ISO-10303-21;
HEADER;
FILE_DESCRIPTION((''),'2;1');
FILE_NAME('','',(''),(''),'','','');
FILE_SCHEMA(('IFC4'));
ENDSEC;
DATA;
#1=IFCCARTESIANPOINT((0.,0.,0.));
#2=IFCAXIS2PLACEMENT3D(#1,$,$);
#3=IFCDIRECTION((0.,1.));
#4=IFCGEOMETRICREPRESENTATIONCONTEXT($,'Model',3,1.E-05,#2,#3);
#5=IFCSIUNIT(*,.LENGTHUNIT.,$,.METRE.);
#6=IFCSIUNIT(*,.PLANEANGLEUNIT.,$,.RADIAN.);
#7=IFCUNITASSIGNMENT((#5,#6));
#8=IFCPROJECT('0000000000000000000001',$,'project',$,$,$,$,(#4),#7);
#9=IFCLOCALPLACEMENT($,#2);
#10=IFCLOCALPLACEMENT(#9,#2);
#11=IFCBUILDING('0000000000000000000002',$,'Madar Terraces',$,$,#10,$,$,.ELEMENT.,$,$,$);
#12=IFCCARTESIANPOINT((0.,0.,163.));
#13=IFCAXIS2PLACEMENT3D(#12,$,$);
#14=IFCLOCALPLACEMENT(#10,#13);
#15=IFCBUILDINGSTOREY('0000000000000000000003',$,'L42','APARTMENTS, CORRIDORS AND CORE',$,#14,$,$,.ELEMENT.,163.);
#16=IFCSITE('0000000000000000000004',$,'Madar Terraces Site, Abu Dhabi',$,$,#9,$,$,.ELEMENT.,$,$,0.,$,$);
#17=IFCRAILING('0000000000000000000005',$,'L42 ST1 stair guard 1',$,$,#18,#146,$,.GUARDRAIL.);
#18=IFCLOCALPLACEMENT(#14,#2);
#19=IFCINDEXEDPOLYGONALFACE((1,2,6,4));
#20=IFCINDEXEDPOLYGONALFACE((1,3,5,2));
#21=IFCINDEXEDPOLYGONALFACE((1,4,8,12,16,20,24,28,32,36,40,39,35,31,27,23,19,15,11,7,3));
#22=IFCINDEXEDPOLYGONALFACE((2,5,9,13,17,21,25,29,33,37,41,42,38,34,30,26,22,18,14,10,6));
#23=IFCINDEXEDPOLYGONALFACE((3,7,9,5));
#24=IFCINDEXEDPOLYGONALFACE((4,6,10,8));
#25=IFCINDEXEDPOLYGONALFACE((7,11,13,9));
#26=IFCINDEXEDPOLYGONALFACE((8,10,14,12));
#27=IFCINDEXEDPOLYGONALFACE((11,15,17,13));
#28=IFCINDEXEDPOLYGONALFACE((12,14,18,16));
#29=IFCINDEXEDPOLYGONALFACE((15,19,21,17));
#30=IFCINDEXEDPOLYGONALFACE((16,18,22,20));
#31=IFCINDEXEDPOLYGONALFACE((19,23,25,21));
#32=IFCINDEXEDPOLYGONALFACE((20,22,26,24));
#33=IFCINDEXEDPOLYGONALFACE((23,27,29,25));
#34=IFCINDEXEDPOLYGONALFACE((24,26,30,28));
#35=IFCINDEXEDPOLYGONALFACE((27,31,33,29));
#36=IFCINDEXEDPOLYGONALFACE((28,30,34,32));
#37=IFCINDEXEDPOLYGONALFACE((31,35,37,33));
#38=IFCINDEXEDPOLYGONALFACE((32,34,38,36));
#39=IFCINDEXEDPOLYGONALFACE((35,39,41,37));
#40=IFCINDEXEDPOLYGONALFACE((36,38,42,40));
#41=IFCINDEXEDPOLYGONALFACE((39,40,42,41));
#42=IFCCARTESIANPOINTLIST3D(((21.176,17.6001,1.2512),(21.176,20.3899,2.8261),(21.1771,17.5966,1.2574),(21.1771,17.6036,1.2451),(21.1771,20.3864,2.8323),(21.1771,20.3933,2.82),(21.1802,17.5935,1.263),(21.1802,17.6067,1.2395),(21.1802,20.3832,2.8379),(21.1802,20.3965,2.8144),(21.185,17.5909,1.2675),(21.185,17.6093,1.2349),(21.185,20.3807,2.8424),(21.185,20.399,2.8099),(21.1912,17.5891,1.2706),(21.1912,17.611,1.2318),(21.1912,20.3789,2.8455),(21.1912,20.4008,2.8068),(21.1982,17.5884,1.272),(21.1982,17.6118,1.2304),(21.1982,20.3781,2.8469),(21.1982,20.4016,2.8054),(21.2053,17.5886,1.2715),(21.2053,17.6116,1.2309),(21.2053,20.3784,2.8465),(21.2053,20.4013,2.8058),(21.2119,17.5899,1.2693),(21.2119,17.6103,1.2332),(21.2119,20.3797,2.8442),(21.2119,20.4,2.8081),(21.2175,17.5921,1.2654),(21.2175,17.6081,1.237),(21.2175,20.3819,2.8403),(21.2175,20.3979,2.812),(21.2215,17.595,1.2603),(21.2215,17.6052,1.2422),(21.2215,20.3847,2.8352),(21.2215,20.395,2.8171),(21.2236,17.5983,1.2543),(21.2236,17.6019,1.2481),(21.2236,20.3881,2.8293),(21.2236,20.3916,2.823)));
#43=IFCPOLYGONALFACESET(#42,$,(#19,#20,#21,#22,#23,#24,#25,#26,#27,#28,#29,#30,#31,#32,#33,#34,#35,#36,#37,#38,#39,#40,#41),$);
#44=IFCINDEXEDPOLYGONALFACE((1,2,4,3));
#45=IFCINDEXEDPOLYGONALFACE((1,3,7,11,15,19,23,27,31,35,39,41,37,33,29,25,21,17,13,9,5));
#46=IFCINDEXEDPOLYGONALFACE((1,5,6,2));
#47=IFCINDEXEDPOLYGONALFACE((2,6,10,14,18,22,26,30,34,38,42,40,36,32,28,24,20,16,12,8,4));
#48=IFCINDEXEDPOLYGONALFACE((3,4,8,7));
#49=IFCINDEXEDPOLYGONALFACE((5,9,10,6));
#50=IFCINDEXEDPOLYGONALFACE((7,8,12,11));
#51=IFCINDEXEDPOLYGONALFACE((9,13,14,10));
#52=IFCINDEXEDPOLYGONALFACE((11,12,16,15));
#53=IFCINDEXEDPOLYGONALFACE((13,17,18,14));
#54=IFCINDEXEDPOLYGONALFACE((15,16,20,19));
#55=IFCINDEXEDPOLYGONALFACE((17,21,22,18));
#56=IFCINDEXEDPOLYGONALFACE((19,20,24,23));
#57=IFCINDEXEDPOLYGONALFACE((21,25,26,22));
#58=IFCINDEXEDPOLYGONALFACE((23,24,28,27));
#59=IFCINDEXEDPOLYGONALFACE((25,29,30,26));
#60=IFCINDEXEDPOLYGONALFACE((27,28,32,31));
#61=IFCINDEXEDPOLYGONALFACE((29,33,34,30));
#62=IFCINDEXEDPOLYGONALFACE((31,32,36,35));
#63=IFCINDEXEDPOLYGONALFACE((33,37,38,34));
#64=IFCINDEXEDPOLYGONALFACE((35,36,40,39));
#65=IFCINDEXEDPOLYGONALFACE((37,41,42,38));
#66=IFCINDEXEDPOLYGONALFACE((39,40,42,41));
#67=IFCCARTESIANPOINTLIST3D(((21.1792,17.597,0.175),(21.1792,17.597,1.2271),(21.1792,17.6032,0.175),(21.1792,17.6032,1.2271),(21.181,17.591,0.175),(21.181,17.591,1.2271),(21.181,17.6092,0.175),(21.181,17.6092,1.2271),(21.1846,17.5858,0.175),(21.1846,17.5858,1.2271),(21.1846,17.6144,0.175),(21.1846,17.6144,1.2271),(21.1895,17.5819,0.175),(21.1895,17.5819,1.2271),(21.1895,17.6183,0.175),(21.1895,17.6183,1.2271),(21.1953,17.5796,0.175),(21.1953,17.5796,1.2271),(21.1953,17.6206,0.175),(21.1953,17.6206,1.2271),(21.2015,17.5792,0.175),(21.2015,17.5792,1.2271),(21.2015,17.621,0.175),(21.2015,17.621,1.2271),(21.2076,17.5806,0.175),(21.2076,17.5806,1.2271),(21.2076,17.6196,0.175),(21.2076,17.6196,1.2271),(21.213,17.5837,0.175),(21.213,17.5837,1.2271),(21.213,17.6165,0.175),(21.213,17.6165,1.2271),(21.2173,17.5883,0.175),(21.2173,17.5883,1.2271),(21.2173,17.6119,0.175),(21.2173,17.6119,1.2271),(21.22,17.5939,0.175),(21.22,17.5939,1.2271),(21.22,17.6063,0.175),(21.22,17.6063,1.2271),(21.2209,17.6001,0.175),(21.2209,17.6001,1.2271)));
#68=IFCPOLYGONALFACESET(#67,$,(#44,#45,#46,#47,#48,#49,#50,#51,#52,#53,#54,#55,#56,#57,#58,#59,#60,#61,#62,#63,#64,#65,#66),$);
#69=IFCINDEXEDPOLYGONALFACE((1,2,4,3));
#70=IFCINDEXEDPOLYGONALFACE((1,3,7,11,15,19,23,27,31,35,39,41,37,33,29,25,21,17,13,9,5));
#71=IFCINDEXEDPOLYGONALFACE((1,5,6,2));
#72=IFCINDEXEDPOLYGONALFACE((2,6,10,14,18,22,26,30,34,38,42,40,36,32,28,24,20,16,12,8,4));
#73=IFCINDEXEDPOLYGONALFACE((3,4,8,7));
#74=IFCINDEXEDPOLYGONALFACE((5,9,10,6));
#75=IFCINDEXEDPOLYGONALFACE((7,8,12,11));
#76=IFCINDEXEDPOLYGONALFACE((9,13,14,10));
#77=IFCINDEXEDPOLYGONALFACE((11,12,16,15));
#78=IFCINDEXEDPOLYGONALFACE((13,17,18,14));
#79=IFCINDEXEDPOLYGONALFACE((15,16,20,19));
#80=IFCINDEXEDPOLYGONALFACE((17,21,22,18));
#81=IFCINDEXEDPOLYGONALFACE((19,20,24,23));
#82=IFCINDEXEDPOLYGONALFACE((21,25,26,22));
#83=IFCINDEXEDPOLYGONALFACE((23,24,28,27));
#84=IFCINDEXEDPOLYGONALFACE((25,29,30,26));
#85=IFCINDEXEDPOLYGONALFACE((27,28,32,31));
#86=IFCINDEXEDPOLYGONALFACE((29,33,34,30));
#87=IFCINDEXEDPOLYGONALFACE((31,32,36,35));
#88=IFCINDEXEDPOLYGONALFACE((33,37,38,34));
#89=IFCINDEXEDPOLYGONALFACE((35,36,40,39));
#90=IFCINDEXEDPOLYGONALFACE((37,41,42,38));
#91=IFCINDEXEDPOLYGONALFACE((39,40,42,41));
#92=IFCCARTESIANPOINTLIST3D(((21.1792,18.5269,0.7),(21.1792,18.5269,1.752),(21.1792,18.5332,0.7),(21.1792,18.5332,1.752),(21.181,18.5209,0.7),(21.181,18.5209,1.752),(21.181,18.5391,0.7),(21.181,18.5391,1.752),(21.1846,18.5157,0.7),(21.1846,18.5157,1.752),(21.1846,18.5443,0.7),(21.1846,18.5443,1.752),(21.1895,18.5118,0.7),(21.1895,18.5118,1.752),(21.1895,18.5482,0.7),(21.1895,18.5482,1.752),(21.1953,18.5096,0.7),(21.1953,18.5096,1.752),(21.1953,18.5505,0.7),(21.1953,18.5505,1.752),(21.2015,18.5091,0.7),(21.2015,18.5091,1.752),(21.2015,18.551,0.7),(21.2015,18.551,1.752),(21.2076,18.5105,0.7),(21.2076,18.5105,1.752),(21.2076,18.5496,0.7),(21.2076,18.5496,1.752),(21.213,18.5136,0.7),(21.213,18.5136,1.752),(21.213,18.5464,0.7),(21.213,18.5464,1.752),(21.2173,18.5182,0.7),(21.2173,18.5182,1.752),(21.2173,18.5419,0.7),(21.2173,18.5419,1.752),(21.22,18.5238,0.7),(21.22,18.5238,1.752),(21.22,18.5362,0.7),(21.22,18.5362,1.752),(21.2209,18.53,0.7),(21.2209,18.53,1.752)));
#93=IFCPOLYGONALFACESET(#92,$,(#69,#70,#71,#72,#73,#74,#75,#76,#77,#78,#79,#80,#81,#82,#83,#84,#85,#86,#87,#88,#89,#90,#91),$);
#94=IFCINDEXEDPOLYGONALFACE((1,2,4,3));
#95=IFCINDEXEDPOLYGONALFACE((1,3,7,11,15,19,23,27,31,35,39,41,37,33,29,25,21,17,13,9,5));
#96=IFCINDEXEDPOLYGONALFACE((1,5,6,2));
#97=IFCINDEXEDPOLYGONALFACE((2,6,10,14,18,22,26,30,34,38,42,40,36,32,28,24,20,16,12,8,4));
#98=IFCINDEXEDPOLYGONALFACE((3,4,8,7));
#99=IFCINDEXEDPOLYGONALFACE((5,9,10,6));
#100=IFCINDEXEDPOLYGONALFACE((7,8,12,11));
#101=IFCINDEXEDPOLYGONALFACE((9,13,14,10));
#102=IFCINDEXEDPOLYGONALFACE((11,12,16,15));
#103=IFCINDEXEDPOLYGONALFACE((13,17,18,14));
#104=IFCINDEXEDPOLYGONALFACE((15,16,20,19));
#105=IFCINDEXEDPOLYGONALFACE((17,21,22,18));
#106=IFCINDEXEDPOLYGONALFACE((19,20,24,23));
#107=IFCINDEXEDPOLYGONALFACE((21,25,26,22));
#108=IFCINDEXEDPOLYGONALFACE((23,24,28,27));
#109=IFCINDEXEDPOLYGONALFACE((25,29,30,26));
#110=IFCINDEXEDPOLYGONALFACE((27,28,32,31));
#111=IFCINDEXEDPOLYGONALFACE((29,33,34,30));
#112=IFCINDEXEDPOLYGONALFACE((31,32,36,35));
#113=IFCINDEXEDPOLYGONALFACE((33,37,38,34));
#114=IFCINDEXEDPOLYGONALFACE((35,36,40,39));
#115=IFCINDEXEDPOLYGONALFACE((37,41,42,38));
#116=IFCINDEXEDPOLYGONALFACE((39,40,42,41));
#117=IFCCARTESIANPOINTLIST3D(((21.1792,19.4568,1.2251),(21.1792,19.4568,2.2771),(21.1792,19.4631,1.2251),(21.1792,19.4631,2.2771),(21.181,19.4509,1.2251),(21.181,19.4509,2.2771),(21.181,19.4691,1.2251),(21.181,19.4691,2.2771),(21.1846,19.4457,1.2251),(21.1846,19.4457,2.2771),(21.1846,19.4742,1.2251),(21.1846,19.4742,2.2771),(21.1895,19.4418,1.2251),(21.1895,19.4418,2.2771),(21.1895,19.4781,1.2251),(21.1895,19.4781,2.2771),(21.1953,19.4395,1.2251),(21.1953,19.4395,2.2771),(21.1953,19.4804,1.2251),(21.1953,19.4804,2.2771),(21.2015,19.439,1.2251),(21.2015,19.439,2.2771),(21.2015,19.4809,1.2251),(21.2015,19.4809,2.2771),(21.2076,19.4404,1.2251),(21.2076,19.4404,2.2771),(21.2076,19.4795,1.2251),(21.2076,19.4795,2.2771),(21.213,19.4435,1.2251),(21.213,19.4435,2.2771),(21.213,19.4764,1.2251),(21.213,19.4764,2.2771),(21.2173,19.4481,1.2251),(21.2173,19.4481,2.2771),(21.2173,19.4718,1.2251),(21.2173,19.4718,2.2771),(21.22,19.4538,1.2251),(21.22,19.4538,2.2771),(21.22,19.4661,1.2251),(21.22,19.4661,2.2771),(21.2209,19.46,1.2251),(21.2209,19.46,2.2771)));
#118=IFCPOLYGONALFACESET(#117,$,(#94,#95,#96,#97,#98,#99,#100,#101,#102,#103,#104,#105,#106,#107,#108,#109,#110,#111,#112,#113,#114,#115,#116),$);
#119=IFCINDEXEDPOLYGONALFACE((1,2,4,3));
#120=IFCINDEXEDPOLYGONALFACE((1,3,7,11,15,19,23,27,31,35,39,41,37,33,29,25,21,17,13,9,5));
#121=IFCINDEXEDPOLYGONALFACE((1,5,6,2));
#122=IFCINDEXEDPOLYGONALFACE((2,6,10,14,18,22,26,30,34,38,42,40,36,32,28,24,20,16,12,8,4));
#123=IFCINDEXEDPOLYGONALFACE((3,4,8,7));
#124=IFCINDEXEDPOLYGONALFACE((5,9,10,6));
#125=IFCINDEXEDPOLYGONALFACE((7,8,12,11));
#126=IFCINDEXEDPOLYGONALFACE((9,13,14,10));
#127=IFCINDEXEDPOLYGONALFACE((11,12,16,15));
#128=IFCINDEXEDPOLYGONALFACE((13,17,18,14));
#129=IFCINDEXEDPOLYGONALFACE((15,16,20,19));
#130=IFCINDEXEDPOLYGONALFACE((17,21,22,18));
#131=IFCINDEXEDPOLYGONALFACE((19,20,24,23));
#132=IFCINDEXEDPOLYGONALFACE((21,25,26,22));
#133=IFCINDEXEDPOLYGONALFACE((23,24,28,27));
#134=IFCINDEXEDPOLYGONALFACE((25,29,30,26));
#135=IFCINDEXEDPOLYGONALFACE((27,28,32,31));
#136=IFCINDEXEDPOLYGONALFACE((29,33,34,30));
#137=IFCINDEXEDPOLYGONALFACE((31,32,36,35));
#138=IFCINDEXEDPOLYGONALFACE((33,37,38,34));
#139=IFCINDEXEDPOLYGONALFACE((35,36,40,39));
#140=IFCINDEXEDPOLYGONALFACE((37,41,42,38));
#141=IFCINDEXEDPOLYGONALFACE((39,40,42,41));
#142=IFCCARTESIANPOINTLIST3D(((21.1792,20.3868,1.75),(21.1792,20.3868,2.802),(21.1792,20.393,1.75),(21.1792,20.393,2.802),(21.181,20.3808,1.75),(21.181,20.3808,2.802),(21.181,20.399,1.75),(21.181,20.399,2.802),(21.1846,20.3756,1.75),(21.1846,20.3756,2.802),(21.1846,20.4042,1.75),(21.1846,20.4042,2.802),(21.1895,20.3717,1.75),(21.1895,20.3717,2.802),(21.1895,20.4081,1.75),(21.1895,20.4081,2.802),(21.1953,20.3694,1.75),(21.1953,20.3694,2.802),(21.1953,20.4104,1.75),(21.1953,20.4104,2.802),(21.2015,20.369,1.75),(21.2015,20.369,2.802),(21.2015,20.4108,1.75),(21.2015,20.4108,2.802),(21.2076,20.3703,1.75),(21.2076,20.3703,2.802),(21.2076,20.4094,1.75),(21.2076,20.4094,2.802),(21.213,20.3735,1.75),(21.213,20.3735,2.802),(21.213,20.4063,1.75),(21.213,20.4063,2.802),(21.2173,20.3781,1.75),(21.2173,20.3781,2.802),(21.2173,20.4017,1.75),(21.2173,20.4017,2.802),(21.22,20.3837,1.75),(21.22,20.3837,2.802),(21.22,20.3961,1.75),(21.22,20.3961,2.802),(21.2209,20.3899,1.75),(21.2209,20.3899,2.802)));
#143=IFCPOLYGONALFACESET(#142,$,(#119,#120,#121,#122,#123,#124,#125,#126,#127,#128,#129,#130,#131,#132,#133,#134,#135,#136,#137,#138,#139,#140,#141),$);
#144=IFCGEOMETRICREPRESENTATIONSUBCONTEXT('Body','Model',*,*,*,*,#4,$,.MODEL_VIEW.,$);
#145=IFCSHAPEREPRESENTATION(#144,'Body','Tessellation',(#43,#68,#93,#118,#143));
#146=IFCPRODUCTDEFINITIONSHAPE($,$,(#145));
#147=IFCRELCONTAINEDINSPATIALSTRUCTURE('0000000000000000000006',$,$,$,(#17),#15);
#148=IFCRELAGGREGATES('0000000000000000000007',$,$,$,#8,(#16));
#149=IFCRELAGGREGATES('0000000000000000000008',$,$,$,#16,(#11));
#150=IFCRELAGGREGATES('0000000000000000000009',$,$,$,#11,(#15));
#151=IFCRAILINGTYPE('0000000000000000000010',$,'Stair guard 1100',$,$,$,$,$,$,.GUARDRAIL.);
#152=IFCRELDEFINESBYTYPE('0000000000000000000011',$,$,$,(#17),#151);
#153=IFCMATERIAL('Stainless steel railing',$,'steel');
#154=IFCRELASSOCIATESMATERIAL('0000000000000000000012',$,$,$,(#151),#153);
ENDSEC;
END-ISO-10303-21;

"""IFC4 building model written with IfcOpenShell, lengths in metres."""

from ifc_helpers import new_model, si_unit, direction, frame, origin, origin_2d, place, context, subcontext, project, spatial, circle, extrude, material, type_object, element, save


model = new_model("IFC4")

# Units and contexts
model_context = context("Model", 3, precision=1e-05, world=origin(), true_north=direction((0.0, 1.0)))
body_context = subcontext(model_context, "Body", "Model", "MODEL_VIEW")
ifc_project = project(units=[si_unit("LENGTHUNIT", "METRE"), si_unit("PLANEANGLEUNIT", "RADIAN")], contexts=[model_context])

# Site, building, storey
site_placement = place(None, origin())
site = spatial("IfcSite", under=ifc_project, at=site_placement, Name="Madar Terraces Site, Abu Dhabi", CompositionType="ELEMENT", RefElevation=0.0)
building_placement = place(site_placement, origin())
building = spatial("IfcBuilding", under=site, at=building_placement, Name="Madar Terraces", CompositionType="ELEMENT")
storey_placement = place(building_placement, frame((0.0, 0.0, 163.0)))
storey = spatial("IfcBuildingStorey", under=building, at=storey_placement, Name="L42", Description="APARTMENTS, CORRIDORS AND CORE", CompositionType="ELEMENT", Elevation=163.0)

# Railing
ifc_material_1 = material(Name="Stainless steel railing", Category="steel")
railing_type_1 = type_object("IfcRailingType", Name="Stair guard 1100", PredefinedType="GUARDRAIL", material=ifc_material_1)
railing_1_placement = place(storey_placement, frame((21.2, 17.6001, 0.175)))
element("IfcRailing", 1, at=railing_1_placement, inside=storey, type_object=railing_type_1, Name="L42 ST1 stair guard 1", PredefinedType="GUARDRAIL", context=body_context, shape_type="SweptSolid", body=[
    extrude(circle(Radius=0.0239, at=origin_2d()), frame((0.0, 0.0, 1.0762), z_axis=(0.0, 0.870815, 0.49161), x_axis=(-1.0, 0.0, 0.0)), (0.0, 0.0, 1.0), 3.2036),
    extrude(circle(Radius=0.021, at=origin_2d()), origin(), (0.0, 0.0, 1.0), 1.052),
    extrude(circle(Radius=0.021, at=origin_2d()), frame((0.0, 0.9299, 0.5249)), (0.0, 0.0, 1.0), 1.052),
    extrude(circle(Radius=0.021, at=origin_2d()), frame((0.0, 1.8599, 1.05)), (0.0, 0.0, 1.0), 1.052),
    extrude(circle(Radius=0.021, at=origin_2d()), frame((0.0, 2.7898, 1.575)), (0.0, 0.0, 1.0), 1.052),
])

save(model, "model.ifc")
